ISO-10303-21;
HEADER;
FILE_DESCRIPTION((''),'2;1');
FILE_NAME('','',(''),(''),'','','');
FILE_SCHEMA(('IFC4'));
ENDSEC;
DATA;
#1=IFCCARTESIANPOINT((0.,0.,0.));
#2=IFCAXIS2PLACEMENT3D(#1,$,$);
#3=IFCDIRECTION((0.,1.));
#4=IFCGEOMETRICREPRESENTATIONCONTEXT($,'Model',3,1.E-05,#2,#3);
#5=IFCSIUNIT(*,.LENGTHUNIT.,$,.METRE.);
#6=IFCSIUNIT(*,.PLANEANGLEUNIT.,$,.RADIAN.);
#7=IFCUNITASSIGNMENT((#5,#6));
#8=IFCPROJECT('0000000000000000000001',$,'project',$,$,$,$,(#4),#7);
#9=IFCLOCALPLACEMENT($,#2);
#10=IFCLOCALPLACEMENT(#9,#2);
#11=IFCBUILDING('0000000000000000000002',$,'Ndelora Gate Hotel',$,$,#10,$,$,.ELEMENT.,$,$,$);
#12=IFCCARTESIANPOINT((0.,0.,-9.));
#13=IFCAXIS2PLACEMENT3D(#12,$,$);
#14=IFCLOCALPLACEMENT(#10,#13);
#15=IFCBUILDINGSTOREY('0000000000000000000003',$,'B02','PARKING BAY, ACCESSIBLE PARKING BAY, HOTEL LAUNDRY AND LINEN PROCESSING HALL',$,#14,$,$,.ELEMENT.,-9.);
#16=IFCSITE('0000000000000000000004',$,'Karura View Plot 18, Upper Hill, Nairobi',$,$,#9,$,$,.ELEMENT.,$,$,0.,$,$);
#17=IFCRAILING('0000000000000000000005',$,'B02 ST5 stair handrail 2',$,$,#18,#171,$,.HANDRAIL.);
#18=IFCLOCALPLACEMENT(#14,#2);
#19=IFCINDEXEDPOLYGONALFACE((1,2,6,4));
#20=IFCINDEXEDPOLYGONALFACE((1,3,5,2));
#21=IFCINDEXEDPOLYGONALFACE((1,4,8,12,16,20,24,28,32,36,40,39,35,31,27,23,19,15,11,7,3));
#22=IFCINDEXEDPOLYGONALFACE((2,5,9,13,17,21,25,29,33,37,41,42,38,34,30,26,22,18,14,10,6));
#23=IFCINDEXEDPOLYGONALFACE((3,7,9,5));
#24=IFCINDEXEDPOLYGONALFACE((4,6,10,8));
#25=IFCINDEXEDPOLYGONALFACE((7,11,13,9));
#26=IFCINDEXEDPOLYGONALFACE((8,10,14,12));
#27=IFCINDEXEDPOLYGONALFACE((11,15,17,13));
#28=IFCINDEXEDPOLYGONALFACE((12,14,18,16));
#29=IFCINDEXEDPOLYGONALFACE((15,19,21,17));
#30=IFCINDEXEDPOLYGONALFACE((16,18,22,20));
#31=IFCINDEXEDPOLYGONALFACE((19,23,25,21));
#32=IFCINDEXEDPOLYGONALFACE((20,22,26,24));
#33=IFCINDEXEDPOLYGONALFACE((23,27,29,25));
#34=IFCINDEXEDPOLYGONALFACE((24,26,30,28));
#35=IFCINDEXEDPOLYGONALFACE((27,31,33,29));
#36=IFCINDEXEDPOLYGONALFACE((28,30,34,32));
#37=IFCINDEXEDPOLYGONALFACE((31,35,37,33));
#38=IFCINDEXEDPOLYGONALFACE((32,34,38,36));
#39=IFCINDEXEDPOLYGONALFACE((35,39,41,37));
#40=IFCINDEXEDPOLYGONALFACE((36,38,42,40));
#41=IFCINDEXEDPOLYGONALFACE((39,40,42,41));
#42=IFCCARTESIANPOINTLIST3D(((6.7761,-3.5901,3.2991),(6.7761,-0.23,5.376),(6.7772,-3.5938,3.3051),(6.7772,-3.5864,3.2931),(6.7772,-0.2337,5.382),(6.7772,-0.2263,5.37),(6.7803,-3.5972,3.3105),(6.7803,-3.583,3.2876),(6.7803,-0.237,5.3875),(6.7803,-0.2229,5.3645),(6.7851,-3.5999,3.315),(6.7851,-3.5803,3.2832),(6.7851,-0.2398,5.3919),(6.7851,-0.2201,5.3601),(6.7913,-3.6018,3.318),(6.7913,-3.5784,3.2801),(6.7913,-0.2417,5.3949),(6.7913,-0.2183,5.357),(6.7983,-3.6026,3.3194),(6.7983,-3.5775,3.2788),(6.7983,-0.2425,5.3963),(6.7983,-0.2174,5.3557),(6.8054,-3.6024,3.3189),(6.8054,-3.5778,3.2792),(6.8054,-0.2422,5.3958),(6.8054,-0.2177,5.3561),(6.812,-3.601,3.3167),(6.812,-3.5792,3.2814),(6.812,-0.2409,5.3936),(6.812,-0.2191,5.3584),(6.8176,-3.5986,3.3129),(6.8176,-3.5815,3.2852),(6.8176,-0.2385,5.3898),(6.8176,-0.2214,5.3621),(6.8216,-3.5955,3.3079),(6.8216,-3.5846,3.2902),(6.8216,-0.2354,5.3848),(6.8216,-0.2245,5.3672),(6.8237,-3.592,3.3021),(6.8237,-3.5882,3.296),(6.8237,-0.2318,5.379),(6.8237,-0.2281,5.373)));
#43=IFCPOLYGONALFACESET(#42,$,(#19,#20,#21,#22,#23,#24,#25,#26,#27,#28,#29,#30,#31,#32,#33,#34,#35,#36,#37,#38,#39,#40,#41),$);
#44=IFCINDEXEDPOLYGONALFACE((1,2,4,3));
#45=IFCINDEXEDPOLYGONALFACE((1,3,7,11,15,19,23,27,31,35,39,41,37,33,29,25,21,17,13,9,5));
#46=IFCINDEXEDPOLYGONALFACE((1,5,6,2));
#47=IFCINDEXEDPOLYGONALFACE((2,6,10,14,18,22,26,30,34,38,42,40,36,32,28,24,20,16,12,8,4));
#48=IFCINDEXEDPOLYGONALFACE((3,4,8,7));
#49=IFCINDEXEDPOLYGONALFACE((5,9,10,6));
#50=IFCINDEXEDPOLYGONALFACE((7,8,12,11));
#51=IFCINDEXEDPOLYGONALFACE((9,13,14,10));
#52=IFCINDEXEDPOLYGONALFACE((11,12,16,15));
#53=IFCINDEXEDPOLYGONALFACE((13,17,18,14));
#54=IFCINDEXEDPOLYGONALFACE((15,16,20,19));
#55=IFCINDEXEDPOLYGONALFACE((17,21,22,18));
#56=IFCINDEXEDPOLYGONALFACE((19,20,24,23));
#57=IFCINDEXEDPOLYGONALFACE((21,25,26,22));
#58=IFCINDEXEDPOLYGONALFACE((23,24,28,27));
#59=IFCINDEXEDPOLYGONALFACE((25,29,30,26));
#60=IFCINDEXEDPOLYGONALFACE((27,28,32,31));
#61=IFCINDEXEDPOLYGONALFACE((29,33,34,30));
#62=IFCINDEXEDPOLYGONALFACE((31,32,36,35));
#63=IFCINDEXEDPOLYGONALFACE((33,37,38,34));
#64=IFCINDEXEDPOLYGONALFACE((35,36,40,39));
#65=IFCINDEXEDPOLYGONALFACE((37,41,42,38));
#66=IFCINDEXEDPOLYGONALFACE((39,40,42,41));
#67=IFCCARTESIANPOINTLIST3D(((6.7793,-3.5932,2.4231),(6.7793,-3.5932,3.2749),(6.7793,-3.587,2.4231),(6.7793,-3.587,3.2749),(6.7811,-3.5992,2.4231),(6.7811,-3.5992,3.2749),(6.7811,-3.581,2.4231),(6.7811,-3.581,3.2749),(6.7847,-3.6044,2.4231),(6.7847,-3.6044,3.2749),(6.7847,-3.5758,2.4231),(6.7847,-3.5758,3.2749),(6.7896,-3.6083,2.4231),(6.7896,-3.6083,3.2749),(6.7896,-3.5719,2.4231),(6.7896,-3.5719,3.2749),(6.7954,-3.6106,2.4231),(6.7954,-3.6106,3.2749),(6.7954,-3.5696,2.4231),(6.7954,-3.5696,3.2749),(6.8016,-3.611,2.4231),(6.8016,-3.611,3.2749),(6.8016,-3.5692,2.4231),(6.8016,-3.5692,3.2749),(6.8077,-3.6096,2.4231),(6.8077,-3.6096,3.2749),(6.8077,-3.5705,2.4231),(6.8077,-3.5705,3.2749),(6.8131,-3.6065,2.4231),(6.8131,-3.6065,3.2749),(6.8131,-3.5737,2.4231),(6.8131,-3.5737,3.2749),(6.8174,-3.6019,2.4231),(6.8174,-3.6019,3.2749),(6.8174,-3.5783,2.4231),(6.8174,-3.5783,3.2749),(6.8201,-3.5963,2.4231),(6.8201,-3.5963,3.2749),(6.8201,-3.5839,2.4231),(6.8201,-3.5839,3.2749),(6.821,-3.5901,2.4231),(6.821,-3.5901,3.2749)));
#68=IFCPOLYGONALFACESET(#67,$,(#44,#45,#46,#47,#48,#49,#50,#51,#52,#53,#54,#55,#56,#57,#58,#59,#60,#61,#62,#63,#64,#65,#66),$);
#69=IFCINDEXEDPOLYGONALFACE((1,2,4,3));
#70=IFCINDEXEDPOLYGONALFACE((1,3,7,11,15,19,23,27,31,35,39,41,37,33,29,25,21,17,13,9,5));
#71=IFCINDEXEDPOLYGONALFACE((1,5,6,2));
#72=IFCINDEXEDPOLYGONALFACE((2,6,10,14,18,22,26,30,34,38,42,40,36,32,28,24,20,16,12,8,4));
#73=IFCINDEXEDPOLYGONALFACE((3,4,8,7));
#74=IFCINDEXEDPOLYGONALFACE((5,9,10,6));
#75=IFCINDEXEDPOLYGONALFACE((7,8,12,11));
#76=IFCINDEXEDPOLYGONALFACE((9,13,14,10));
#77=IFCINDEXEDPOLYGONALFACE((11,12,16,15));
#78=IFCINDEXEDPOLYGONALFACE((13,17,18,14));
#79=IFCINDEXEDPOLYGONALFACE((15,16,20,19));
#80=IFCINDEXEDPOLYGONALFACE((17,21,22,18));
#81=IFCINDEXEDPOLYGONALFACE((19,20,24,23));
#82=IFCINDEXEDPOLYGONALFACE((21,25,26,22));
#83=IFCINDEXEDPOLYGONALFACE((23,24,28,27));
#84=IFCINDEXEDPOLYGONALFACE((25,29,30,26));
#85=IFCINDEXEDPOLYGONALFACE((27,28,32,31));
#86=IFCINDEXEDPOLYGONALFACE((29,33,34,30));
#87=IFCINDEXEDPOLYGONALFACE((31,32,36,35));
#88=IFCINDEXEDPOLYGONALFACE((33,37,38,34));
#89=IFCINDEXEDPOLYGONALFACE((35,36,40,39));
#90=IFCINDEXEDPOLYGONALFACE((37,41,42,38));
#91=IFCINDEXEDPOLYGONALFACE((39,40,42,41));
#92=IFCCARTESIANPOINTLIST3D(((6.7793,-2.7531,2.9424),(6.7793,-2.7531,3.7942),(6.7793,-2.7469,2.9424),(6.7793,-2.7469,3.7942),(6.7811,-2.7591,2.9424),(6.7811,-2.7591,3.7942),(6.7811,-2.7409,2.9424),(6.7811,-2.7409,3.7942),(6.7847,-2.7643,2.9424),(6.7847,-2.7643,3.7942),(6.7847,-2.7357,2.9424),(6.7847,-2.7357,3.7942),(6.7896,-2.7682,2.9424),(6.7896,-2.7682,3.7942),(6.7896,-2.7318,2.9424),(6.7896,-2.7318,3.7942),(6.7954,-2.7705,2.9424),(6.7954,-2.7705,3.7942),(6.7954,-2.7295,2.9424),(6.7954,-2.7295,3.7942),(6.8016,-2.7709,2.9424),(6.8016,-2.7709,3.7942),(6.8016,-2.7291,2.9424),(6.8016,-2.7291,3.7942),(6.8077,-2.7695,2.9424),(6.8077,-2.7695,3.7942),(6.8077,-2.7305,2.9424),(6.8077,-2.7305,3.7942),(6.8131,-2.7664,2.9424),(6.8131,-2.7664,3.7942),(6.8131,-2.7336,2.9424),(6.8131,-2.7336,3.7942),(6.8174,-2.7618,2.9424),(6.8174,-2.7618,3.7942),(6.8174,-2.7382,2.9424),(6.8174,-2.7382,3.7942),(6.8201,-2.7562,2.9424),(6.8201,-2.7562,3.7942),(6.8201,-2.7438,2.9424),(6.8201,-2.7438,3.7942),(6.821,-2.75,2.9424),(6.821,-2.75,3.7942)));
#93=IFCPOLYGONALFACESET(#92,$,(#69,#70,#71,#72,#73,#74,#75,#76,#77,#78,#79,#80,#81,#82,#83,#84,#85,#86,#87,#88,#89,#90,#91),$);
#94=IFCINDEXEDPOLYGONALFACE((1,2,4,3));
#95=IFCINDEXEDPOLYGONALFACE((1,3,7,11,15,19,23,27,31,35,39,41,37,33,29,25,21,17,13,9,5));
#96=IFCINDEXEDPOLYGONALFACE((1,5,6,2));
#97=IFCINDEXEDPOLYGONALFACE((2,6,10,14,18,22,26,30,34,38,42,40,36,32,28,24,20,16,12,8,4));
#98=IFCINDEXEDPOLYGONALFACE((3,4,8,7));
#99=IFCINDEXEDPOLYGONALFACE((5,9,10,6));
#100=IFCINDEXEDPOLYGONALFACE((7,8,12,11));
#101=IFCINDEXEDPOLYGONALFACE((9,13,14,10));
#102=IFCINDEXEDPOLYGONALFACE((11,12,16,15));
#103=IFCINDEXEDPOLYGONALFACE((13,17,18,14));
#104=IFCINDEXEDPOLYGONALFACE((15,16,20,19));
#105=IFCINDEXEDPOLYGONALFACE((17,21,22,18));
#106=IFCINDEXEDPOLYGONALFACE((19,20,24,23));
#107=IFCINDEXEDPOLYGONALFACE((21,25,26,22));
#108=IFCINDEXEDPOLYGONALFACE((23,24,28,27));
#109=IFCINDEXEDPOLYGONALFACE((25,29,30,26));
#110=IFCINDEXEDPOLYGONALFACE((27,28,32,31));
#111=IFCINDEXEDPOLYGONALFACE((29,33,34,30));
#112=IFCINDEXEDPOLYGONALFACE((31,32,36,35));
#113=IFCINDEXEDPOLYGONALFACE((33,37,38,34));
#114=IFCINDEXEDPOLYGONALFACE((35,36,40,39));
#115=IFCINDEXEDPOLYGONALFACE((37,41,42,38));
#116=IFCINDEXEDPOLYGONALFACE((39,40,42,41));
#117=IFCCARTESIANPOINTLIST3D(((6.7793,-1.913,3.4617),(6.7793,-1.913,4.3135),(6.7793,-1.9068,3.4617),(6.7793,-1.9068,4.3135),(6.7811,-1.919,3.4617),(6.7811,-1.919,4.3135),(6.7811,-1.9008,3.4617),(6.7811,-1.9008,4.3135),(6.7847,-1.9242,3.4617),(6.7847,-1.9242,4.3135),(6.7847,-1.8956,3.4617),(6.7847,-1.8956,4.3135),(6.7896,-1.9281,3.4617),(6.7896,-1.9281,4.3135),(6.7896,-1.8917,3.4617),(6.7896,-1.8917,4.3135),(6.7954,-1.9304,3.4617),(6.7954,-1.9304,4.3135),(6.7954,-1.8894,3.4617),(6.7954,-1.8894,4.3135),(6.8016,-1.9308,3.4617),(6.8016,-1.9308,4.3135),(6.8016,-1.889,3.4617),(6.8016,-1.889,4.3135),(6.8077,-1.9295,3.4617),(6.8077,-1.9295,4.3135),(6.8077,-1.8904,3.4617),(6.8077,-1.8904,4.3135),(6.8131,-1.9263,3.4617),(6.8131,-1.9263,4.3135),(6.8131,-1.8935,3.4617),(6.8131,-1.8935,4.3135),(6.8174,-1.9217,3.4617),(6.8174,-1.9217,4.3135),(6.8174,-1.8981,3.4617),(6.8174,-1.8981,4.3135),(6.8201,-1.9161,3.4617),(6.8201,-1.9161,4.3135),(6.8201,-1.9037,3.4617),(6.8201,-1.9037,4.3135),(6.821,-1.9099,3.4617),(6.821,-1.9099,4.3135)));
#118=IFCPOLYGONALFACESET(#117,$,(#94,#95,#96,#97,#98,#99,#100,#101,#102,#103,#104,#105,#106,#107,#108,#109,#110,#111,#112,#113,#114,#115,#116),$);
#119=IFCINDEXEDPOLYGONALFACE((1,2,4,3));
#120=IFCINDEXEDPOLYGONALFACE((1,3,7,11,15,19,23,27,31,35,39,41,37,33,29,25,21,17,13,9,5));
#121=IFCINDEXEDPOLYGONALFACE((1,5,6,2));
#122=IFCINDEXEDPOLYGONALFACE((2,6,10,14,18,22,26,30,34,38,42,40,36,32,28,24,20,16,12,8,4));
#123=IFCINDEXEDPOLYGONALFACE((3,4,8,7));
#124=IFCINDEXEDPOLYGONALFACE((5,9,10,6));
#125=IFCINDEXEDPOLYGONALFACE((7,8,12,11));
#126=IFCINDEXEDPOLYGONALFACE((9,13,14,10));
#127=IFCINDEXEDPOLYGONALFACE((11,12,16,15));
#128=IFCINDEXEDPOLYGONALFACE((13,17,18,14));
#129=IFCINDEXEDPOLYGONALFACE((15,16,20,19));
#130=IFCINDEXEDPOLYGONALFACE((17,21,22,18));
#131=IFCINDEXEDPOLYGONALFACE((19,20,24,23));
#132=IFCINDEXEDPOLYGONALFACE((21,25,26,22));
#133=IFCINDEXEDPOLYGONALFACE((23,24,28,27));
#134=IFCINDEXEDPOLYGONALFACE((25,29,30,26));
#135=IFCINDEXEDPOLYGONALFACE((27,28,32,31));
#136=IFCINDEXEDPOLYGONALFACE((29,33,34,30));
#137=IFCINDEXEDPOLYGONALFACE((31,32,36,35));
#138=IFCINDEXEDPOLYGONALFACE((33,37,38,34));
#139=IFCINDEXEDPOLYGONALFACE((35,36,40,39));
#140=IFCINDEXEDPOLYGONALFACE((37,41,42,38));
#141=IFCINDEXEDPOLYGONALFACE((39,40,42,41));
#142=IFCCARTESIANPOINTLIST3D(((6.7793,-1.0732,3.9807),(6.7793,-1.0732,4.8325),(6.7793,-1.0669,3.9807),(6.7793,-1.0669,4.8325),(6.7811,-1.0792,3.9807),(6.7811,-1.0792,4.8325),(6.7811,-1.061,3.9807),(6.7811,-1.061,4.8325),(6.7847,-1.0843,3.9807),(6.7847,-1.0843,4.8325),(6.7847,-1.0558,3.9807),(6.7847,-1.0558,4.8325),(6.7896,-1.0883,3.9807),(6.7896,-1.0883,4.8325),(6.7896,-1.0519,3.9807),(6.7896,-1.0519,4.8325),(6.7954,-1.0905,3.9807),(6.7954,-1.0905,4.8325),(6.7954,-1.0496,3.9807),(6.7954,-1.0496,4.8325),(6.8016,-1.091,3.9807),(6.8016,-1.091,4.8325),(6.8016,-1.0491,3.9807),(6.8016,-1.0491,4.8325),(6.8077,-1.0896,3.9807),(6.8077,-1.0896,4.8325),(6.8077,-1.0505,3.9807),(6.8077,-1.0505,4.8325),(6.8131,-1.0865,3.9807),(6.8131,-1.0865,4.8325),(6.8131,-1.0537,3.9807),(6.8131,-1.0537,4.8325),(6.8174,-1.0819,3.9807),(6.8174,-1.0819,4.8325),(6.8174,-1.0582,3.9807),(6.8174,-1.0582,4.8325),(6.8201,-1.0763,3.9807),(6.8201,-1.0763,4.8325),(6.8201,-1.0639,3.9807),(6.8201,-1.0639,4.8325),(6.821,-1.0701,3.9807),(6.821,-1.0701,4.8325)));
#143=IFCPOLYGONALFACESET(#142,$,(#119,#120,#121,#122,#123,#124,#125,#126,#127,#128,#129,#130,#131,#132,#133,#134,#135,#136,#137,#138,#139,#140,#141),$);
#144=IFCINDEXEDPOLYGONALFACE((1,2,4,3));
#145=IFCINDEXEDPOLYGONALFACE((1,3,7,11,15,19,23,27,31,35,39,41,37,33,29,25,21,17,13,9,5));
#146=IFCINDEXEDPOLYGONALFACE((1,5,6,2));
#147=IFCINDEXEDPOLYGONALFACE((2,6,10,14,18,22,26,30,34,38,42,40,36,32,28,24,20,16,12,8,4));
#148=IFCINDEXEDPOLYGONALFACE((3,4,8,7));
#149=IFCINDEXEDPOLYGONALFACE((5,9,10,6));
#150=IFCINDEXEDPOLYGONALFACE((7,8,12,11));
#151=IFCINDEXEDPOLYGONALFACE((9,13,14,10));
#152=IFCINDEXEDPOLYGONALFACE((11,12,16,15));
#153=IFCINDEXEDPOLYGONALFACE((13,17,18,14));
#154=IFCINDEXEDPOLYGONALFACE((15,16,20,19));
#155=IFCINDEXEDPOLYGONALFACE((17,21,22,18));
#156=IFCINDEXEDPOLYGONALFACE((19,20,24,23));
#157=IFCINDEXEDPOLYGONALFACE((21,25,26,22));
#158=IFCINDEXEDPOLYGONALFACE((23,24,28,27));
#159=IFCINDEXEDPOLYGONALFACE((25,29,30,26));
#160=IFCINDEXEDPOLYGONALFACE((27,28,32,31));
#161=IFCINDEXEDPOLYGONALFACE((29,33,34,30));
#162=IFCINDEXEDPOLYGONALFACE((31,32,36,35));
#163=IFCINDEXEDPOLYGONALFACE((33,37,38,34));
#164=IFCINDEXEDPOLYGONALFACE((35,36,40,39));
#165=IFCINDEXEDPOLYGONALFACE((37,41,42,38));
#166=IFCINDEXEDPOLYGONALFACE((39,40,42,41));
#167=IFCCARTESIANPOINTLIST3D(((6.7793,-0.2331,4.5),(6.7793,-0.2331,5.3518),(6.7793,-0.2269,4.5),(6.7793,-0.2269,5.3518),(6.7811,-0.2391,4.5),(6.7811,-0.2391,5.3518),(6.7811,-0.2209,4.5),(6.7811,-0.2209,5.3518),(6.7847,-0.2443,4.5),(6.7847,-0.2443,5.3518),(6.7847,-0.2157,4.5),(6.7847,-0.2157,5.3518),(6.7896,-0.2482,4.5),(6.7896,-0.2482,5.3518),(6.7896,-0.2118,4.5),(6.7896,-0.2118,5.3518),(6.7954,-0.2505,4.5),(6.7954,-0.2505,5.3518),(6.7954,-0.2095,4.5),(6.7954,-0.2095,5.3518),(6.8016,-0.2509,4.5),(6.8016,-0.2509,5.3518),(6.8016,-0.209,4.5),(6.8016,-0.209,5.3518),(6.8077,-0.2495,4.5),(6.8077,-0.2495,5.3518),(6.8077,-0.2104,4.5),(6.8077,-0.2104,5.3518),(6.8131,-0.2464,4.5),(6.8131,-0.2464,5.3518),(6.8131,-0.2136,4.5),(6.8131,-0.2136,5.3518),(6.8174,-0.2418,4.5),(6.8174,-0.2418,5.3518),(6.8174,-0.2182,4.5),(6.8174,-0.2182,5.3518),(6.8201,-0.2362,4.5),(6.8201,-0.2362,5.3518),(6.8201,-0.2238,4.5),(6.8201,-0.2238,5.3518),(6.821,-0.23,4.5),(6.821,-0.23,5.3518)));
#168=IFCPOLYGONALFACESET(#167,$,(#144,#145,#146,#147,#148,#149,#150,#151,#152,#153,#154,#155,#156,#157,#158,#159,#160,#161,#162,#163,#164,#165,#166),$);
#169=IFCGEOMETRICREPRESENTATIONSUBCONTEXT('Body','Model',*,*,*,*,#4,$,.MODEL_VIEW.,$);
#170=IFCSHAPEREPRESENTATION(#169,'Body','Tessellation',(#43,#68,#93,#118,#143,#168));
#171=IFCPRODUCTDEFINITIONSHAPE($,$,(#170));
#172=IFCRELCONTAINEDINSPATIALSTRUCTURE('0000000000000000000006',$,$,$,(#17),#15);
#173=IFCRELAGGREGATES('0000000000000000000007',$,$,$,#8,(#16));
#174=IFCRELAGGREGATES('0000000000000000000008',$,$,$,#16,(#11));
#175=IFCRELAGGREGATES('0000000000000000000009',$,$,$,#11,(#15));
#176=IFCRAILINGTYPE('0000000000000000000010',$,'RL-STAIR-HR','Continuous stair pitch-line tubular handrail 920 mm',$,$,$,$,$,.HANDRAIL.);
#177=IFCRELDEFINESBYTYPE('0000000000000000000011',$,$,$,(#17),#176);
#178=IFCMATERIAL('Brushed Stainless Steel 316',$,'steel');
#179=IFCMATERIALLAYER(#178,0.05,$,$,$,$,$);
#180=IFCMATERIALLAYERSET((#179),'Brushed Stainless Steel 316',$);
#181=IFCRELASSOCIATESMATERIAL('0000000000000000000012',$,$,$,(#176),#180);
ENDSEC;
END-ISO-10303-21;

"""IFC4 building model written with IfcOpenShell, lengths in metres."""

from ifc_helpers import new_model, si_unit, direction, frame, origin, origin_2d, place, context, subcontext, project, spatial, circle, extrude, material, layer, layer_set, type_object, element, save


model = new_model("IFC4")

# Units and contexts
model_context = context("Model", 3, precision=1e-05, world=origin(), true_north=direction((0.0, 1.0)))
body_context = subcontext(model_context, "Body", "Model", "MODEL_VIEW")
ifc_project = project(units=[si_unit("LENGTHUNIT", "METRE"), si_unit("PLANEANGLEUNIT", "RADIAN")], contexts=[model_context])

# Site, building, storey
site_placement = place(None, origin())
site = spatial("IfcSite", under=ifc_project, at=site_placement, Name="Karura View Plot 18, Upper Hill, Nairobi", CompositionType="ELEMENT", RefElevation=0.0)
building_placement = place(site_placement, origin())
building = spatial("IfcBuilding", under=site, at=building_placement, Name="Ndelora Gate Hotel", CompositionType="ELEMENT")
storey_placement = place(building_placement, frame((0.0, 0.0, -9.0)))
storey = spatial("IfcBuildingStorey", under=building, at=storey_placement, Name="B02", Description="PARKING BAY, ACCESSIBLE PARKING BAY, HOTEL LAUNDRY AND LINEN PROCESSING HALL", CompositionType="ELEMENT", Elevation=-9.0)

# Railing
ifc_material_1 = material(Name="Brushed Stainless Steel 316", Category="steel")
ifc_layer_1 = layer(ifc_material_1, 0.05)
ifc_layer_set_1 = layer_set([ifc_layer_1], Name="Brushed Stainless Steel 316")
railing_type_1 = type_object("IfcRailingType", Name="RL-STAIR-HR", Description="Continuous stair pitch-line tubular handrail 920 mm", PredefinedType="HANDRAIL", material=ifc_layer_set_1)
railing_1_placement = place(storey_placement, frame((6.8, -3.5901, 2.4231)))
element("IfcRailing", 1, at=railing_1_placement, inside=storey, type_object=railing_type_1, Name="B02 ST5 stair handrail 2", PredefinedType="HANDRAIL", context=body_context, shape_type="SweptSolid", body=[
    extrude(circle(Radius=0.0239, at=origin_2d()), frame((0.0, 0.0, 0.876), z_axis=(0.0, 0.850623, 0.525776), x_axis=(-1.0, 0.0, 0.0)), (0.0, 0.0, 1.0), 3.9502),
    extrude(circle(Radius=0.021, at=origin_2d()), origin(), (0.0, 0.0, 1.0), 0.8518),
    extrude(circle(Radius=0.021, at=origin_2d()), frame((0.0, 0.8401, 0.5193)), (0.0, 0.0, 1.0), 0.8518),
    extrude(circle(Radius=0.021, at=origin_2d()), frame((0.0, 1.6802, 1.0386)), (0.0, 0.0, 1.0), 0.8518),
    extrude(circle(Radius=0.021, at=origin_2d()), frame((0.0, 2.52, 1.5576)), (0.0, 0.0, 1.0), 0.8518),
    extrude(circle(Radius=0.021, at=origin_2d()), frame((0.0, 3.3601, 2.0769)), (0.0, 0.0, 1.0), 0.8518),
])

save(model, "model.ifc")
